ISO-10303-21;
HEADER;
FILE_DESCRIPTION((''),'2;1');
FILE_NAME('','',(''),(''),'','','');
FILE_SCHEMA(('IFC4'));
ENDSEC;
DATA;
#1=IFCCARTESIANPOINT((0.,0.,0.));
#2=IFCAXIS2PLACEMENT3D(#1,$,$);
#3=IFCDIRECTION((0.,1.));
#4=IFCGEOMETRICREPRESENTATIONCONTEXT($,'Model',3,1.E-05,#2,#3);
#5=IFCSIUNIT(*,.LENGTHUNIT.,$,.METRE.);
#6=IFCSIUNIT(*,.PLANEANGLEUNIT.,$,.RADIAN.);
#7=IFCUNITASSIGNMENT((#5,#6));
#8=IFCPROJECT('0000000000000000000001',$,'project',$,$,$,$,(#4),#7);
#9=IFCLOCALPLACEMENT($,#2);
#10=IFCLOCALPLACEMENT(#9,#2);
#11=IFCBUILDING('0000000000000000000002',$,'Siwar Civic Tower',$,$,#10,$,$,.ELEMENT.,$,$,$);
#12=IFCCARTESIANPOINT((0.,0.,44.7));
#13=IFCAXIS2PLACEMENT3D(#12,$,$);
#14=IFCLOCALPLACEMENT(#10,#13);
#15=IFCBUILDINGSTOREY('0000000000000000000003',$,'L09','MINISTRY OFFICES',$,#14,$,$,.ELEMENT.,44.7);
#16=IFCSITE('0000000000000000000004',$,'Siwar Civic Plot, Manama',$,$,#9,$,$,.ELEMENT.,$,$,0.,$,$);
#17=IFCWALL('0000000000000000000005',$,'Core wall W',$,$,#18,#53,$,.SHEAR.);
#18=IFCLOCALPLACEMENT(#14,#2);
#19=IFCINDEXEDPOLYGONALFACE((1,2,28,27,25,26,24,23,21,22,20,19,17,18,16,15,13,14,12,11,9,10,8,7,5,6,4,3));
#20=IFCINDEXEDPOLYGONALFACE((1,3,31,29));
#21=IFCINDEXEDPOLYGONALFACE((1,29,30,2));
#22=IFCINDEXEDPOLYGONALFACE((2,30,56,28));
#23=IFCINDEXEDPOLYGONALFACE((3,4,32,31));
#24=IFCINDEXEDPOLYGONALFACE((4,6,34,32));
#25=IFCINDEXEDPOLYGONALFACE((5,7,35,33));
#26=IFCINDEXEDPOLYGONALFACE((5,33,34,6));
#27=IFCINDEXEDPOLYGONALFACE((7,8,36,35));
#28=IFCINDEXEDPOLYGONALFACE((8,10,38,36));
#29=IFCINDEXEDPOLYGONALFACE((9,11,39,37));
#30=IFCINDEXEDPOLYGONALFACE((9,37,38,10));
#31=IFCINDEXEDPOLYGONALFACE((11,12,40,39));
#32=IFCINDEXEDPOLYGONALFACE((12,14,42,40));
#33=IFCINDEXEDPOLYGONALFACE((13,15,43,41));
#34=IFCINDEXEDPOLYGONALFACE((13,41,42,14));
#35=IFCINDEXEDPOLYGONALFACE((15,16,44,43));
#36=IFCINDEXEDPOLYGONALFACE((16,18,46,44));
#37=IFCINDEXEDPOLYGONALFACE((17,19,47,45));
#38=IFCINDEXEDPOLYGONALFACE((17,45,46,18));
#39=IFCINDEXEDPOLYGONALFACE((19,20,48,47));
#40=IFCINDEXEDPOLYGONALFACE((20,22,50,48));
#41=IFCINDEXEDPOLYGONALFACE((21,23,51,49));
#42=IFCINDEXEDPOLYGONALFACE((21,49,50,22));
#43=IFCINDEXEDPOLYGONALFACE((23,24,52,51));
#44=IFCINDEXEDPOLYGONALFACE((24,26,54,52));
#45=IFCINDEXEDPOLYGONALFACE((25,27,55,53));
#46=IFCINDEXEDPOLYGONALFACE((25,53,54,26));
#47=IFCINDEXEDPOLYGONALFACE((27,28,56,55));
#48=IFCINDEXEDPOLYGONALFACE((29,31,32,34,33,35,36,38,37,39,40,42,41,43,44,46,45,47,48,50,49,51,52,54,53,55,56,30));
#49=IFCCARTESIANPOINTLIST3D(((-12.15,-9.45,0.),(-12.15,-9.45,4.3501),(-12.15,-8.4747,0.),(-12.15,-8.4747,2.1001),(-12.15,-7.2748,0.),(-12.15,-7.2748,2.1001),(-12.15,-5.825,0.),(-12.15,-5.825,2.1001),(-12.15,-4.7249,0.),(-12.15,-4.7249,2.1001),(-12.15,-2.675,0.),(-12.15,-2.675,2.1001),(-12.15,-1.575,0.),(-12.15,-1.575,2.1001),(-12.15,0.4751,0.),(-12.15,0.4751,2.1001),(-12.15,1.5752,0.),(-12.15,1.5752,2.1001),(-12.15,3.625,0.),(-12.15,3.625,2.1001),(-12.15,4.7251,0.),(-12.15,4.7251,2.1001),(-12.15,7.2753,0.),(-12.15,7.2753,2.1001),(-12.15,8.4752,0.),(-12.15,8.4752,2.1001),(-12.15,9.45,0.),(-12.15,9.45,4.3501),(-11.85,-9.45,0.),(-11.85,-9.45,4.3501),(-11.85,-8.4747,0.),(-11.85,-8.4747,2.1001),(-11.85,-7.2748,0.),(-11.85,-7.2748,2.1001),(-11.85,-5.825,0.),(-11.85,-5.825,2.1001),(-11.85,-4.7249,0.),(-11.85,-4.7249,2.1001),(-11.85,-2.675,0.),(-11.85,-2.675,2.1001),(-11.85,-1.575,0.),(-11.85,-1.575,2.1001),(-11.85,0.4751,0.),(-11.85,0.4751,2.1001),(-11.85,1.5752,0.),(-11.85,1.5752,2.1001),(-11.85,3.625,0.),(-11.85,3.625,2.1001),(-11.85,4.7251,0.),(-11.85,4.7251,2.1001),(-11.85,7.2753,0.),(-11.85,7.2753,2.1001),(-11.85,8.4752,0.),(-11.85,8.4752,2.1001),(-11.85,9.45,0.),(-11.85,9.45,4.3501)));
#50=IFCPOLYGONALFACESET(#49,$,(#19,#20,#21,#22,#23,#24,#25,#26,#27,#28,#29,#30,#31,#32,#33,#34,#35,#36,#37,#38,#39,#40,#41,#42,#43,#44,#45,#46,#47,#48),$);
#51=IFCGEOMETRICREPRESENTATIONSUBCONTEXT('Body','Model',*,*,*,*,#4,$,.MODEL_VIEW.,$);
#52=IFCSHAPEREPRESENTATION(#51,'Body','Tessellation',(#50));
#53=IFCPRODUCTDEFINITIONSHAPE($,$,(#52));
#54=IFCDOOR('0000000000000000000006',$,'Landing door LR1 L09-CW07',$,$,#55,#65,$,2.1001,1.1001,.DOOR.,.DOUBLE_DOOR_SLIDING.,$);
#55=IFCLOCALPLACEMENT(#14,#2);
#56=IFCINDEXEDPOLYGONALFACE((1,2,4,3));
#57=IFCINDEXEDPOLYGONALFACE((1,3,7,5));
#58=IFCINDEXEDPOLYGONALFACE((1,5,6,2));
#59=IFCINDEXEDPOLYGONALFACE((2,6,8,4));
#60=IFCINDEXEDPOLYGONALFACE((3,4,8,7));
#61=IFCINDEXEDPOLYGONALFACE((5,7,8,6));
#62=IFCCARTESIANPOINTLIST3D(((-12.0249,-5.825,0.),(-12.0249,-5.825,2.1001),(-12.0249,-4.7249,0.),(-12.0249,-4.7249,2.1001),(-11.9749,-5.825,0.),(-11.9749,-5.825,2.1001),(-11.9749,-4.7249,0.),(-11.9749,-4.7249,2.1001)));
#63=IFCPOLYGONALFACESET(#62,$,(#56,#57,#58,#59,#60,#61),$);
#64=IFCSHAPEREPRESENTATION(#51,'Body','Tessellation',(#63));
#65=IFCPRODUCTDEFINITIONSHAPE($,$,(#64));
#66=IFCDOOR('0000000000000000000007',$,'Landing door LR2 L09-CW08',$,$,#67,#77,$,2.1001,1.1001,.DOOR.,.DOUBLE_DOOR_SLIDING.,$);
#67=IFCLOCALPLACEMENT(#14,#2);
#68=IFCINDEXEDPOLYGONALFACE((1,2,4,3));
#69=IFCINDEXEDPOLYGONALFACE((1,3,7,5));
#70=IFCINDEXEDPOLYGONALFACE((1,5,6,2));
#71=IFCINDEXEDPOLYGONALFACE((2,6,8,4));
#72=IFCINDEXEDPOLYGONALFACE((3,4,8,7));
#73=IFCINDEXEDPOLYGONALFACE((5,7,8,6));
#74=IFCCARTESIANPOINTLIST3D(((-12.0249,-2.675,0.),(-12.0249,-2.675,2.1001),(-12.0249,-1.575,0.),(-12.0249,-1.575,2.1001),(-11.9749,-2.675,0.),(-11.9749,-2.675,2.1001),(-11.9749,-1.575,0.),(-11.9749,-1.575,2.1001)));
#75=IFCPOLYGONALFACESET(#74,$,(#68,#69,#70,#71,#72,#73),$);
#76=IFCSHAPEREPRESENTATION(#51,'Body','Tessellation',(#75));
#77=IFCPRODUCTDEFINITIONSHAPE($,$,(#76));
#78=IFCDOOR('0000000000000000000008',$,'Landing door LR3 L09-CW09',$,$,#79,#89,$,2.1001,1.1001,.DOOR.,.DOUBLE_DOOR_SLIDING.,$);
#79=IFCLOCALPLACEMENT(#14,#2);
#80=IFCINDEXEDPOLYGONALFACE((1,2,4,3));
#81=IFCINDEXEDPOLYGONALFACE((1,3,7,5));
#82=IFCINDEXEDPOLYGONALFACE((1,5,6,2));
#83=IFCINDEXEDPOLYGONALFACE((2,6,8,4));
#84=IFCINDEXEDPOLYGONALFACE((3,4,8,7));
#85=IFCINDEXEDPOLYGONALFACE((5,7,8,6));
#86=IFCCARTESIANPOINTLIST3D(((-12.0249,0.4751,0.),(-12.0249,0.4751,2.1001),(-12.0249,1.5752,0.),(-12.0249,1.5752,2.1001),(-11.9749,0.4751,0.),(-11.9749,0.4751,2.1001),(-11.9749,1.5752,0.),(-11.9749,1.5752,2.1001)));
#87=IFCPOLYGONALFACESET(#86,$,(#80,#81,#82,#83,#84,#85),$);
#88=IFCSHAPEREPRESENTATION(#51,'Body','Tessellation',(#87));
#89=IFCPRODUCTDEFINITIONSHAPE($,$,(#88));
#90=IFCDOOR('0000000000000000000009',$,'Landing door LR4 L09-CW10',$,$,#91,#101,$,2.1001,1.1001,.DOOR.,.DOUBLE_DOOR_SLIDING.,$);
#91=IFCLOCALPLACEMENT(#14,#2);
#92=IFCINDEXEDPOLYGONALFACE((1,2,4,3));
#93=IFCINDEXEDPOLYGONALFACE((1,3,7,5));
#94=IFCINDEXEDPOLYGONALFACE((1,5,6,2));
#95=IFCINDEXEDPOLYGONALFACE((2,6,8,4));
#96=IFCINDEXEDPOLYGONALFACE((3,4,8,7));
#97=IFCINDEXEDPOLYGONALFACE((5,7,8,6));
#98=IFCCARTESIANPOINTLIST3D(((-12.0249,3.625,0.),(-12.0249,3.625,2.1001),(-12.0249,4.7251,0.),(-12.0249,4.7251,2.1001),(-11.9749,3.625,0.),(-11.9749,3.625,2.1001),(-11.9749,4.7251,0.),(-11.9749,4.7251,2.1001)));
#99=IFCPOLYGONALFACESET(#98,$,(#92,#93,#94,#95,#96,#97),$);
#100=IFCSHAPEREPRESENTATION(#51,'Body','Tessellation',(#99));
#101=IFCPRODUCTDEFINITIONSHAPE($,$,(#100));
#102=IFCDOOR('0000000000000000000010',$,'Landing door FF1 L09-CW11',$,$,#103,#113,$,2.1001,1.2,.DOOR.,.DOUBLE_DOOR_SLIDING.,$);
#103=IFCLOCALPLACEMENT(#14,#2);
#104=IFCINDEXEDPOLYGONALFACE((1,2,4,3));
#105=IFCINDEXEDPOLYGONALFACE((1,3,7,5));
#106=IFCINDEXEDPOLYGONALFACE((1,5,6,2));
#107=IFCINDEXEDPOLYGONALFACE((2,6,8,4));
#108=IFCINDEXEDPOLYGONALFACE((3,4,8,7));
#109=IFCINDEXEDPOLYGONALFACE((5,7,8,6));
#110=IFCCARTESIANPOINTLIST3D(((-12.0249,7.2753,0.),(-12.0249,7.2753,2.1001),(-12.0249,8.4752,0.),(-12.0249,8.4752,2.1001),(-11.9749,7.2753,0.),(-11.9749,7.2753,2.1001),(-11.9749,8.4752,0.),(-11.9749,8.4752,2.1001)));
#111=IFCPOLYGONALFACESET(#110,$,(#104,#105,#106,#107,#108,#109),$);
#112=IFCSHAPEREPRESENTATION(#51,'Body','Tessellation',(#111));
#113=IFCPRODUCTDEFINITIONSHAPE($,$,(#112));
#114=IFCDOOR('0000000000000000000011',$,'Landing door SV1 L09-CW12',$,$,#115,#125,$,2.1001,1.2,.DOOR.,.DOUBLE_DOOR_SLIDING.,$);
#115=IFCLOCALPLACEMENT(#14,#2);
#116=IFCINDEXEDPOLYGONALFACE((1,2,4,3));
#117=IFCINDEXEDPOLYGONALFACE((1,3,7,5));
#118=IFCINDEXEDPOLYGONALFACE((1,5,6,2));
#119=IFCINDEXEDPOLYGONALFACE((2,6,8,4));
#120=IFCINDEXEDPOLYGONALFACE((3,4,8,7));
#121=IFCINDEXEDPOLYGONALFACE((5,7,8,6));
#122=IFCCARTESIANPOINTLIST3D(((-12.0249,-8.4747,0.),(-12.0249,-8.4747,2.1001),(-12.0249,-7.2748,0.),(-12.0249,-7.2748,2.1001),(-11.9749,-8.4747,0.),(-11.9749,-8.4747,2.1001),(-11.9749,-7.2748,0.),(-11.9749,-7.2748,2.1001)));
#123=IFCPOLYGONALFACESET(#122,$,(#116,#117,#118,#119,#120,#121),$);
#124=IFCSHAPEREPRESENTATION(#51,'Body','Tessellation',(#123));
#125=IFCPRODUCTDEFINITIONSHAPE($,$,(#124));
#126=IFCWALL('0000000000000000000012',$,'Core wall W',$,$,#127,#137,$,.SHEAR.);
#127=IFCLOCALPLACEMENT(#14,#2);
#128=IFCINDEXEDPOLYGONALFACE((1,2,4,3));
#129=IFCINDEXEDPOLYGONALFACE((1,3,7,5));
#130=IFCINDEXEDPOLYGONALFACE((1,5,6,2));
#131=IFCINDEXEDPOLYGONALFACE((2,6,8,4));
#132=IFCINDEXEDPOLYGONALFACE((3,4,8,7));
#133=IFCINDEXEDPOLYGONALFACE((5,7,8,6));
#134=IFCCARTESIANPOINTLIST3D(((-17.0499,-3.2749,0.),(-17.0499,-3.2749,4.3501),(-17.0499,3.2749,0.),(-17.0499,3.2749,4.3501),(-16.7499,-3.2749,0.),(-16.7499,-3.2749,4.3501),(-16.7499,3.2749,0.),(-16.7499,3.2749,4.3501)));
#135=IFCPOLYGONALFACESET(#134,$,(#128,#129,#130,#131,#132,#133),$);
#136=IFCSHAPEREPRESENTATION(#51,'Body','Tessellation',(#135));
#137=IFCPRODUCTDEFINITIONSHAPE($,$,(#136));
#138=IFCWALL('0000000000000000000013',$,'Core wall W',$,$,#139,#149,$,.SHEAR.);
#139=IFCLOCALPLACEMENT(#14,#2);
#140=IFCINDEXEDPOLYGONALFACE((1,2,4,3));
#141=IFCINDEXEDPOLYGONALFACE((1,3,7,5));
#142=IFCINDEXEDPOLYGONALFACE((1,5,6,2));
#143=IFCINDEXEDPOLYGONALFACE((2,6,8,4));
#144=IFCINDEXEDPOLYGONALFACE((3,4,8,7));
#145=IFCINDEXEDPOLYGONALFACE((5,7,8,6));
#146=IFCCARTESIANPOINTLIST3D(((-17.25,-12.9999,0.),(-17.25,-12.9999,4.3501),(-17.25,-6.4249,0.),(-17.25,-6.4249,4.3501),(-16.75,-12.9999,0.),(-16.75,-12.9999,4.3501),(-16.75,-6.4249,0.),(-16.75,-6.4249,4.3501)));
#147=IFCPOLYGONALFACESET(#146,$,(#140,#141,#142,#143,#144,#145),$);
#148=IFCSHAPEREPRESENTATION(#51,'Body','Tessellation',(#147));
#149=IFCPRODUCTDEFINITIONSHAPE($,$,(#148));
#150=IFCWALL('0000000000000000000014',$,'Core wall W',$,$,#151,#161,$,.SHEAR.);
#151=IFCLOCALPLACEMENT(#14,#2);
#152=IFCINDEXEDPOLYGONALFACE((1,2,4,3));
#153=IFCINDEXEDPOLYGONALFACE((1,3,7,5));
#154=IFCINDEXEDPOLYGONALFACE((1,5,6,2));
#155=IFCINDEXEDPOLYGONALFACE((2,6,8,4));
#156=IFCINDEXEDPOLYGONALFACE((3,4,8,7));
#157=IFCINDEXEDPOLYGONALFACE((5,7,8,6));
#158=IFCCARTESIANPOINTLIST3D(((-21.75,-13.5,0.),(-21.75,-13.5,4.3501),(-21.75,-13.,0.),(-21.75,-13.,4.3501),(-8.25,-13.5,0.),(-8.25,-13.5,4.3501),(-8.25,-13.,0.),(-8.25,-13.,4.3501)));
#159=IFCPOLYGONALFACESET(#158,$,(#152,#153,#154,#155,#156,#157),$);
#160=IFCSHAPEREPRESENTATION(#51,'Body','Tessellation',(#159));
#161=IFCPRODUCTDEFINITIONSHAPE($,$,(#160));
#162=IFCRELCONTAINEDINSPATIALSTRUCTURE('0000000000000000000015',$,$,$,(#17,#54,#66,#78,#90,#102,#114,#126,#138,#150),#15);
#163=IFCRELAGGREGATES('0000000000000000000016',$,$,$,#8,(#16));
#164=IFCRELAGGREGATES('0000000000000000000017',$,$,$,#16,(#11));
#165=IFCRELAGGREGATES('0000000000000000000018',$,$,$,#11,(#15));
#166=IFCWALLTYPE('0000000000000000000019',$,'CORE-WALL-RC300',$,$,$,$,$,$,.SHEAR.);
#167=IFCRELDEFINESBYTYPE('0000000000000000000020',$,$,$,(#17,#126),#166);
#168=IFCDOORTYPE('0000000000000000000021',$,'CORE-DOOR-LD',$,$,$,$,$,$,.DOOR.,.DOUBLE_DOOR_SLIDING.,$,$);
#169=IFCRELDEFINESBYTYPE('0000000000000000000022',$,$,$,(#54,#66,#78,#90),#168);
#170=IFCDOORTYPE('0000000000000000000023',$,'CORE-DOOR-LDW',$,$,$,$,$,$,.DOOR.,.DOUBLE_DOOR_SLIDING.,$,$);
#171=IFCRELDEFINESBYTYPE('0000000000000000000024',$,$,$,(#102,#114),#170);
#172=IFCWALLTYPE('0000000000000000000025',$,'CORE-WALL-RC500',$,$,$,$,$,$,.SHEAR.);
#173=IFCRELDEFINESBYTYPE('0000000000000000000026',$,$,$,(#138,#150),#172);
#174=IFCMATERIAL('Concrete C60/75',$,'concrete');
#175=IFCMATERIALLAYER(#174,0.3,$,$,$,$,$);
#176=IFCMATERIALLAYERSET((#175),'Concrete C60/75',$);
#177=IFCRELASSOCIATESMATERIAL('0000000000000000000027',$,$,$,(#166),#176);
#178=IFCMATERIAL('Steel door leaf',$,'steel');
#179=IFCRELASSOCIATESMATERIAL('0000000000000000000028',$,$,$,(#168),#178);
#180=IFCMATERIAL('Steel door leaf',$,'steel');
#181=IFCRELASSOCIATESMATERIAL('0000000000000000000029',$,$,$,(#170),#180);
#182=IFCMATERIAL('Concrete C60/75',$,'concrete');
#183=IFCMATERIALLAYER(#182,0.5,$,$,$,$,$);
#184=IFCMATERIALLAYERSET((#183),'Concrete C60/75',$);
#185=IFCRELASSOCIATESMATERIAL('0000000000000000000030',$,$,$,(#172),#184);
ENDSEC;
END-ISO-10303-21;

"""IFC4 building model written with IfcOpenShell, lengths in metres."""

from ifc_helpers import new_model, si_unit, direction, frame, frame_2d, origin, place, context, subcontext, project, spatial, rectangle, extrude, material, layer, layer_set, type_object, element, fill, save


model = new_model("IFC4")

# Units and contexts
model_context = context("Model", 3, precision=1e-05, world=origin(), true_north=direction((0.0, 1.0)))
body_context = subcontext(model_context, "Body", "Model", "MODEL_VIEW")
ifc_project = project(units=[si_unit("LENGTHUNIT", "METRE"), si_unit("PLANEANGLEUNIT", "RADIAN")], contexts=[model_context])

# Site, building, storey
site_placement = place(None, origin())
site = spatial("IfcSite", under=ifc_project, at=site_placement, Name="Siwar Civic Plot, Manama", CompositionType="ELEMENT", RefElevation=0.0)
building_placement = place(site_placement, origin())
building = spatial("IfcBuilding", under=site, at=building_placement, Name="Siwar Civic Tower", CompositionType="ELEMENT")
storey_placement = place(building_placement, frame((0.0, 0.0, 44.7)))
storey = spatial("IfcBuildingStorey", under=building, at=storey_placement, Name="L09", Description="MINISTRY OFFICES", CompositionType="ELEMENT", Elevation=44.7)

# Wall, openings, doors
ifc_material_1 = material(Name="Concrete C60/75", Category="concrete")
ifc_layer_1 = layer(ifc_material_1, 0.3)
ifc_layer_set_1 = layer_set([ifc_layer_1], Name="Concrete C60/75")
wall_type_1 = type_object("IfcWallType", Name="CORE-WALL-RC300", PredefinedType="SHEAR", material=ifc_layer_set_1)
wall_1_placement = place(storey_placement, frame((-12.0, -9.45, 0.0), z_axis=(0.0, 0.0, 1.0), x_axis=(0.0, 1.0, 0.0)))
wall_1 = element("IfcWall", 1, at=wall_1_placement, inside=storey, type_object=wall_type_1, Name="Core wall W", PredefinedType="SHEAR", context=body_context, shape_type="SweptSolid", body=[
    extrude(rectangle(XDim=18.8999, YDim=0.3, at=frame_2d((9.45, 0.0))), origin(), (0.0, 0.0, 1.0), 4.3501),
])
opening_1_placement = place(wall_1_placement, frame((3.625, 0.0, 0.0)))
opening_1 = element("IfcOpeningElement", 2, at=opening_1_placement, cuts=wall_1, PredefinedType="OPENING", context=body_context, shape_type="SweptSolid", body=[
    extrude(rectangle(XDim=1.1001, YDim=2.1001, at=frame_2d((0.55, 1.05))), frame((0.0, 0.1602, 0.0), z_axis=(0.0, -1.0, 0.0), x_axis=(1.0, 0.0, 0.0)), (0.0, 0.0, 1.0), 0.3201),
])
opening_2_placement = place(wall_1_placement, frame((6.7749, 0.0, 0.0)))
opening_2 = element("IfcOpeningElement", 3, at=opening_2_placement, cuts=wall_1, PredefinedType="OPENING", context=body_context, shape_type="SweptSolid", body=[
    extrude(rectangle(XDim=1.1001, YDim=2.1001, at=frame_2d((0.55, 1.05))), frame((0.0, 0.1602, 0.0), z_axis=(0.0, -1.0, 0.0), x_axis=(1.0, 0.0, 0.0)), (0.0, 0.0, 1.0), 0.3201),
])
opening_3_placement = place(wall_1_placement, frame((9.925, 0.0, 0.0)))
opening_3 = element("IfcOpeningElement", 4, at=opening_3_placement, cuts=wall_1, PredefinedType="OPENING", context=body_context, shape_type="SweptSolid", body=[
    extrude(rectangle(XDim=1.1001, YDim=2.1001, at=frame_2d((0.55, 1.05))), frame((0.0, 0.1602, 0.0), z_axis=(0.0, -1.0, 0.0), x_axis=(1.0, 0.0, 0.0)), (0.0, 0.0, 1.0), 0.3201),
])
opening_4_placement = place(wall_1_placement, frame((13.075, 0.0, 0.0)))
opening_4 = element("IfcOpeningElement", 5, at=opening_4_placement, cuts=wall_1, PredefinedType="OPENING", context=body_context, shape_type="SweptSolid", body=[
    extrude(rectangle(XDim=1.1001, YDim=2.1001, at=frame_2d((0.55, 1.05))), frame((0.0, 0.1602, 0.0), z_axis=(0.0, -1.0, 0.0), x_axis=(1.0, 0.0, 0.0)), (0.0, 0.0, 1.0), 0.3201),
])
opening_5_placement = place(wall_1_placement, frame((16.7251, 0.0, 0.0)))
opening_5 = element("IfcOpeningElement", 6, at=opening_5_placement, cuts=wall_1, PredefinedType="OPENING", context=body_context, shape_type="SweptSolid", body=[
    extrude(rectangle(XDim=1.2, YDim=2.1001, at=frame_2d((0.6001, 1.05))), frame((0.0, 0.1602, 0.0), z_axis=(0.0, -1.0, 0.0), x_axis=(1.0, 0.0, 0.0)), (0.0, 0.0, 1.0), 0.3201),
])
opening_6_placement = place(wall_1_placement, frame((0.9751, 0.0, 0.0)))
opening_6 = element("IfcOpeningElement", 7, at=opening_6_placement, cuts=wall_1, PredefinedType="OPENING", context=body_context, shape_type="SweptSolid", body=[
    extrude(rectangle(XDim=1.2, YDim=2.1001, at=frame_2d((0.6001, 1.05))), frame((0.0, 0.1602, 0.0), z_axis=(0.0, -1.0, 0.0), x_axis=(1.0, 0.0, 0.0)), (0.0, 0.0, 1.0), 0.3201),
])
ifc_material_2 = material(Name="Steel door leaf", Category="steel")
door_type_1 = type_object("IfcDoorType", Name="CORE-DOOR-LD", OperationType="DOUBLE_DOOR_SLIDING", PredefinedType="DOOR", material=ifc_material_2)
door_1_placement = place(opening_1_placement, origin())
door_1 = element("IfcDoor", 8, at=door_1_placement, inside=storey, type_object=door_type_1, Name="Landing door LR1 L09-CW07", OperationType="DOUBLE_DOOR_SLIDING", OverallHeight=2.1001, OverallWidth=1.1001, PredefinedType="DOOR", context=body_context, shape_type="SweptSolid", body=[
    extrude(rectangle(XDim=1.1001, YDim=2.1001, at=frame_2d((0.55, 1.05))), frame((0.0, 0.0249, 0.0), z_axis=(0.0, -1.0, 0.0), x_axis=(1.0, 0.0, 0.0)), (0.0, 0.0, 1.0), 0.05),
])
fill(opening_1, door_1)
door_2_placement = place(opening_2_placement, origin())
door_2 = element("IfcDoor", 9, at=door_2_placement, inside=storey, type_object=door_type_1, Name="Landing door LR2 L09-CW08", OperationType="DOUBLE_DOOR_SLIDING", OverallHeight=2.1001, OverallWidth=1.1001, PredefinedType="DOOR", context=body_context, shape_type="SweptSolid", body=[
    extrude(rectangle(XDim=1.1001, YDim=2.1001, at=frame_2d((0.55, 1.05))), frame((0.0, 0.0249, 0.0), z_axis=(0.0, -1.0, 0.0), x_axis=(1.0, 0.0, 0.0)), (0.0, 0.0, 1.0), 0.05),
])
fill(opening_2, door_2)
door_3_placement = place(opening_3_placement, origin())
door_3 = element("IfcDoor", 10, at=door_3_placement, inside=storey, type_object=door_type_1, Name="Landing door LR3 L09-CW09", OperationType="DOUBLE_DOOR_SLIDING", OverallHeight=2.1001, OverallWidth=1.1001, PredefinedType="DOOR", context=body_context, shape_type="SweptSolid", body=[
    extrude(rectangle(XDim=1.1001, YDim=2.1001, at=frame_2d((0.55, 1.05))), frame((0.0, 0.0249, 0.0), z_axis=(0.0, -1.0, 0.0), x_axis=(1.0, 0.0, 0.0)), (0.0, 0.0, 1.0), 0.05),
])
fill(opening_3, door_3)
door_4_placement = place(opening_4_placement, origin())
door_4 = element("IfcDoor", 11, at=door_4_placement, inside=storey, type_object=door_type_1, Name="Landing door LR4 L09-CW10", OperationType="DOUBLE_DOOR_SLIDING", OverallHeight=2.1001, OverallWidth=1.1001, PredefinedType="DOOR", context=body_context, shape_type="SweptSolid", body=[
    extrude(rectangle(XDim=1.1001, YDim=2.1001, at=frame_2d((0.55, 1.05))), frame((0.0, 0.0249, 0.0), z_axis=(0.0, -1.0, 0.0), x_axis=(1.0, 0.0, 0.0)), (0.0, 0.0, 1.0), 0.05),
])
fill(opening_4, door_4)
ifc_material_3 = material(Name="Steel door leaf", Category="steel")
door_type_2 = type_object("IfcDoorType", Name="CORE-DOOR-LDW", OperationType="DOUBLE_DOOR_SLIDING", PredefinedType="DOOR", material=ifc_material_3)
door_5_placement = place(opening_5_placement, origin())
door_5 = element("IfcDoor", 12, at=door_5_placement, inside=storey, type_object=door_type_2, Name="Landing door FF1 L09-CW11", OperationType="DOUBLE_DOOR_SLIDING", OverallHeight=2.1001, OverallWidth=1.2, PredefinedType="DOOR", context=body_context, shape_type="SweptSolid", body=[
    extrude(rectangle(XDim=1.2, YDim=2.1001, at=frame_2d((0.6001, 1.05))), frame((0.0, 0.0249, 0.0), z_axis=(0.0, -1.0, 0.0), x_axis=(1.0, 0.0, 0.0)), (0.0, 0.0, 1.0), 0.05),
])
fill(opening_5, door_5)
door_6_placement = place(opening_6_placement, origin())
door_6 = element("IfcDoor", 13, at=door_6_placement, inside=storey, type_object=door_type_2, Name="Landing door SV1 L09-CW12", OperationType="DOUBLE_DOOR_SLIDING", OverallHeight=2.1001, OverallWidth=1.2, PredefinedType="DOOR", context=body_context, shape_type="SweptSolid", body=[
    extrude(rectangle(XDim=1.2, YDim=2.1001, at=frame_2d((0.6001, 1.05))), frame((0.0, 0.0249, 0.0), z_axis=(0.0, -1.0, 0.0), x_axis=(1.0, 0.0, 0.0)), (0.0, 0.0, 1.0), 0.05),
])
fill(opening_6, door_6)

# Walls
wall_2_placement = place(storey_placement, frame((-16.8999, -3.2749, 0.0), z_axis=(0.0, 0.0, 1.0), x_axis=(0.0, 1.0, 0.0)))
element("IfcWall", 14, at=wall_2_placement, inside=storey, type_object=wall_type_1, Name="Core wall W", PredefinedType="SHEAR", context=body_context, shape_type="SweptSolid", body=[
    extrude(rectangle(XDim=6.5498, YDim=0.3, at=frame_2d((3.2749, 0.0))), origin(), (0.0, 0.0, 1.0), 4.3501),
])
ifc_material_4 = material(Name="Concrete C60/75", Category="concrete")
ifc_layer_2 = layer(ifc_material_4, 0.5)
ifc_layer_set_2 = layer_set([ifc_layer_2], Name="Concrete C60/75")
wall_type_2 = type_object("IfcWallType", Name="CORE-WALL-RC500", PredefinedType="SHEAR", material=ifc_layer_set_2)
wall_3_placement = place(storey_placement, frame((-17.0, -13.0, 0.0), z_axis=(0.0, 0.0, 1.0), x_axis=(0.0, 1.0, 0.0)))
element("IfcWall", 15, at=wall_3_placement, inside=storey, type_object=wall_type_2, Name="Core wall W", PredefinedType="SHEAR", context=body_context, shape_type="SweptSolid", body=[
    extrude(rectangle(XDim=6.575, YDim=0.5, at=frame_2d((3.2876, 0.0))), origin(), (0.0, 0.0, 1.0), 4.3501),
])
wall_4_placement = place(storey_placement, frame((-8.25, -13.25, 0.0), z_axis=(0.0, 0.0, 1.0), x_axis=(-1.0, 0.0, 0.0)))
element("IfcWall", 16, at=wall_4_placement, inside=storey, type_object=wall_type_2, Name="Core wall W", PredefinedType="SHEAR", context=body_context, shape_type="SweptSolid", body=[
    extrude(rectangle(XDim=13.5, YDim=0.5, at=frame_2d((6.75, 0.0))), origin(), (0.0, 0.0, 1.0), 4.3501),
])

save(model, "model.ifc")
